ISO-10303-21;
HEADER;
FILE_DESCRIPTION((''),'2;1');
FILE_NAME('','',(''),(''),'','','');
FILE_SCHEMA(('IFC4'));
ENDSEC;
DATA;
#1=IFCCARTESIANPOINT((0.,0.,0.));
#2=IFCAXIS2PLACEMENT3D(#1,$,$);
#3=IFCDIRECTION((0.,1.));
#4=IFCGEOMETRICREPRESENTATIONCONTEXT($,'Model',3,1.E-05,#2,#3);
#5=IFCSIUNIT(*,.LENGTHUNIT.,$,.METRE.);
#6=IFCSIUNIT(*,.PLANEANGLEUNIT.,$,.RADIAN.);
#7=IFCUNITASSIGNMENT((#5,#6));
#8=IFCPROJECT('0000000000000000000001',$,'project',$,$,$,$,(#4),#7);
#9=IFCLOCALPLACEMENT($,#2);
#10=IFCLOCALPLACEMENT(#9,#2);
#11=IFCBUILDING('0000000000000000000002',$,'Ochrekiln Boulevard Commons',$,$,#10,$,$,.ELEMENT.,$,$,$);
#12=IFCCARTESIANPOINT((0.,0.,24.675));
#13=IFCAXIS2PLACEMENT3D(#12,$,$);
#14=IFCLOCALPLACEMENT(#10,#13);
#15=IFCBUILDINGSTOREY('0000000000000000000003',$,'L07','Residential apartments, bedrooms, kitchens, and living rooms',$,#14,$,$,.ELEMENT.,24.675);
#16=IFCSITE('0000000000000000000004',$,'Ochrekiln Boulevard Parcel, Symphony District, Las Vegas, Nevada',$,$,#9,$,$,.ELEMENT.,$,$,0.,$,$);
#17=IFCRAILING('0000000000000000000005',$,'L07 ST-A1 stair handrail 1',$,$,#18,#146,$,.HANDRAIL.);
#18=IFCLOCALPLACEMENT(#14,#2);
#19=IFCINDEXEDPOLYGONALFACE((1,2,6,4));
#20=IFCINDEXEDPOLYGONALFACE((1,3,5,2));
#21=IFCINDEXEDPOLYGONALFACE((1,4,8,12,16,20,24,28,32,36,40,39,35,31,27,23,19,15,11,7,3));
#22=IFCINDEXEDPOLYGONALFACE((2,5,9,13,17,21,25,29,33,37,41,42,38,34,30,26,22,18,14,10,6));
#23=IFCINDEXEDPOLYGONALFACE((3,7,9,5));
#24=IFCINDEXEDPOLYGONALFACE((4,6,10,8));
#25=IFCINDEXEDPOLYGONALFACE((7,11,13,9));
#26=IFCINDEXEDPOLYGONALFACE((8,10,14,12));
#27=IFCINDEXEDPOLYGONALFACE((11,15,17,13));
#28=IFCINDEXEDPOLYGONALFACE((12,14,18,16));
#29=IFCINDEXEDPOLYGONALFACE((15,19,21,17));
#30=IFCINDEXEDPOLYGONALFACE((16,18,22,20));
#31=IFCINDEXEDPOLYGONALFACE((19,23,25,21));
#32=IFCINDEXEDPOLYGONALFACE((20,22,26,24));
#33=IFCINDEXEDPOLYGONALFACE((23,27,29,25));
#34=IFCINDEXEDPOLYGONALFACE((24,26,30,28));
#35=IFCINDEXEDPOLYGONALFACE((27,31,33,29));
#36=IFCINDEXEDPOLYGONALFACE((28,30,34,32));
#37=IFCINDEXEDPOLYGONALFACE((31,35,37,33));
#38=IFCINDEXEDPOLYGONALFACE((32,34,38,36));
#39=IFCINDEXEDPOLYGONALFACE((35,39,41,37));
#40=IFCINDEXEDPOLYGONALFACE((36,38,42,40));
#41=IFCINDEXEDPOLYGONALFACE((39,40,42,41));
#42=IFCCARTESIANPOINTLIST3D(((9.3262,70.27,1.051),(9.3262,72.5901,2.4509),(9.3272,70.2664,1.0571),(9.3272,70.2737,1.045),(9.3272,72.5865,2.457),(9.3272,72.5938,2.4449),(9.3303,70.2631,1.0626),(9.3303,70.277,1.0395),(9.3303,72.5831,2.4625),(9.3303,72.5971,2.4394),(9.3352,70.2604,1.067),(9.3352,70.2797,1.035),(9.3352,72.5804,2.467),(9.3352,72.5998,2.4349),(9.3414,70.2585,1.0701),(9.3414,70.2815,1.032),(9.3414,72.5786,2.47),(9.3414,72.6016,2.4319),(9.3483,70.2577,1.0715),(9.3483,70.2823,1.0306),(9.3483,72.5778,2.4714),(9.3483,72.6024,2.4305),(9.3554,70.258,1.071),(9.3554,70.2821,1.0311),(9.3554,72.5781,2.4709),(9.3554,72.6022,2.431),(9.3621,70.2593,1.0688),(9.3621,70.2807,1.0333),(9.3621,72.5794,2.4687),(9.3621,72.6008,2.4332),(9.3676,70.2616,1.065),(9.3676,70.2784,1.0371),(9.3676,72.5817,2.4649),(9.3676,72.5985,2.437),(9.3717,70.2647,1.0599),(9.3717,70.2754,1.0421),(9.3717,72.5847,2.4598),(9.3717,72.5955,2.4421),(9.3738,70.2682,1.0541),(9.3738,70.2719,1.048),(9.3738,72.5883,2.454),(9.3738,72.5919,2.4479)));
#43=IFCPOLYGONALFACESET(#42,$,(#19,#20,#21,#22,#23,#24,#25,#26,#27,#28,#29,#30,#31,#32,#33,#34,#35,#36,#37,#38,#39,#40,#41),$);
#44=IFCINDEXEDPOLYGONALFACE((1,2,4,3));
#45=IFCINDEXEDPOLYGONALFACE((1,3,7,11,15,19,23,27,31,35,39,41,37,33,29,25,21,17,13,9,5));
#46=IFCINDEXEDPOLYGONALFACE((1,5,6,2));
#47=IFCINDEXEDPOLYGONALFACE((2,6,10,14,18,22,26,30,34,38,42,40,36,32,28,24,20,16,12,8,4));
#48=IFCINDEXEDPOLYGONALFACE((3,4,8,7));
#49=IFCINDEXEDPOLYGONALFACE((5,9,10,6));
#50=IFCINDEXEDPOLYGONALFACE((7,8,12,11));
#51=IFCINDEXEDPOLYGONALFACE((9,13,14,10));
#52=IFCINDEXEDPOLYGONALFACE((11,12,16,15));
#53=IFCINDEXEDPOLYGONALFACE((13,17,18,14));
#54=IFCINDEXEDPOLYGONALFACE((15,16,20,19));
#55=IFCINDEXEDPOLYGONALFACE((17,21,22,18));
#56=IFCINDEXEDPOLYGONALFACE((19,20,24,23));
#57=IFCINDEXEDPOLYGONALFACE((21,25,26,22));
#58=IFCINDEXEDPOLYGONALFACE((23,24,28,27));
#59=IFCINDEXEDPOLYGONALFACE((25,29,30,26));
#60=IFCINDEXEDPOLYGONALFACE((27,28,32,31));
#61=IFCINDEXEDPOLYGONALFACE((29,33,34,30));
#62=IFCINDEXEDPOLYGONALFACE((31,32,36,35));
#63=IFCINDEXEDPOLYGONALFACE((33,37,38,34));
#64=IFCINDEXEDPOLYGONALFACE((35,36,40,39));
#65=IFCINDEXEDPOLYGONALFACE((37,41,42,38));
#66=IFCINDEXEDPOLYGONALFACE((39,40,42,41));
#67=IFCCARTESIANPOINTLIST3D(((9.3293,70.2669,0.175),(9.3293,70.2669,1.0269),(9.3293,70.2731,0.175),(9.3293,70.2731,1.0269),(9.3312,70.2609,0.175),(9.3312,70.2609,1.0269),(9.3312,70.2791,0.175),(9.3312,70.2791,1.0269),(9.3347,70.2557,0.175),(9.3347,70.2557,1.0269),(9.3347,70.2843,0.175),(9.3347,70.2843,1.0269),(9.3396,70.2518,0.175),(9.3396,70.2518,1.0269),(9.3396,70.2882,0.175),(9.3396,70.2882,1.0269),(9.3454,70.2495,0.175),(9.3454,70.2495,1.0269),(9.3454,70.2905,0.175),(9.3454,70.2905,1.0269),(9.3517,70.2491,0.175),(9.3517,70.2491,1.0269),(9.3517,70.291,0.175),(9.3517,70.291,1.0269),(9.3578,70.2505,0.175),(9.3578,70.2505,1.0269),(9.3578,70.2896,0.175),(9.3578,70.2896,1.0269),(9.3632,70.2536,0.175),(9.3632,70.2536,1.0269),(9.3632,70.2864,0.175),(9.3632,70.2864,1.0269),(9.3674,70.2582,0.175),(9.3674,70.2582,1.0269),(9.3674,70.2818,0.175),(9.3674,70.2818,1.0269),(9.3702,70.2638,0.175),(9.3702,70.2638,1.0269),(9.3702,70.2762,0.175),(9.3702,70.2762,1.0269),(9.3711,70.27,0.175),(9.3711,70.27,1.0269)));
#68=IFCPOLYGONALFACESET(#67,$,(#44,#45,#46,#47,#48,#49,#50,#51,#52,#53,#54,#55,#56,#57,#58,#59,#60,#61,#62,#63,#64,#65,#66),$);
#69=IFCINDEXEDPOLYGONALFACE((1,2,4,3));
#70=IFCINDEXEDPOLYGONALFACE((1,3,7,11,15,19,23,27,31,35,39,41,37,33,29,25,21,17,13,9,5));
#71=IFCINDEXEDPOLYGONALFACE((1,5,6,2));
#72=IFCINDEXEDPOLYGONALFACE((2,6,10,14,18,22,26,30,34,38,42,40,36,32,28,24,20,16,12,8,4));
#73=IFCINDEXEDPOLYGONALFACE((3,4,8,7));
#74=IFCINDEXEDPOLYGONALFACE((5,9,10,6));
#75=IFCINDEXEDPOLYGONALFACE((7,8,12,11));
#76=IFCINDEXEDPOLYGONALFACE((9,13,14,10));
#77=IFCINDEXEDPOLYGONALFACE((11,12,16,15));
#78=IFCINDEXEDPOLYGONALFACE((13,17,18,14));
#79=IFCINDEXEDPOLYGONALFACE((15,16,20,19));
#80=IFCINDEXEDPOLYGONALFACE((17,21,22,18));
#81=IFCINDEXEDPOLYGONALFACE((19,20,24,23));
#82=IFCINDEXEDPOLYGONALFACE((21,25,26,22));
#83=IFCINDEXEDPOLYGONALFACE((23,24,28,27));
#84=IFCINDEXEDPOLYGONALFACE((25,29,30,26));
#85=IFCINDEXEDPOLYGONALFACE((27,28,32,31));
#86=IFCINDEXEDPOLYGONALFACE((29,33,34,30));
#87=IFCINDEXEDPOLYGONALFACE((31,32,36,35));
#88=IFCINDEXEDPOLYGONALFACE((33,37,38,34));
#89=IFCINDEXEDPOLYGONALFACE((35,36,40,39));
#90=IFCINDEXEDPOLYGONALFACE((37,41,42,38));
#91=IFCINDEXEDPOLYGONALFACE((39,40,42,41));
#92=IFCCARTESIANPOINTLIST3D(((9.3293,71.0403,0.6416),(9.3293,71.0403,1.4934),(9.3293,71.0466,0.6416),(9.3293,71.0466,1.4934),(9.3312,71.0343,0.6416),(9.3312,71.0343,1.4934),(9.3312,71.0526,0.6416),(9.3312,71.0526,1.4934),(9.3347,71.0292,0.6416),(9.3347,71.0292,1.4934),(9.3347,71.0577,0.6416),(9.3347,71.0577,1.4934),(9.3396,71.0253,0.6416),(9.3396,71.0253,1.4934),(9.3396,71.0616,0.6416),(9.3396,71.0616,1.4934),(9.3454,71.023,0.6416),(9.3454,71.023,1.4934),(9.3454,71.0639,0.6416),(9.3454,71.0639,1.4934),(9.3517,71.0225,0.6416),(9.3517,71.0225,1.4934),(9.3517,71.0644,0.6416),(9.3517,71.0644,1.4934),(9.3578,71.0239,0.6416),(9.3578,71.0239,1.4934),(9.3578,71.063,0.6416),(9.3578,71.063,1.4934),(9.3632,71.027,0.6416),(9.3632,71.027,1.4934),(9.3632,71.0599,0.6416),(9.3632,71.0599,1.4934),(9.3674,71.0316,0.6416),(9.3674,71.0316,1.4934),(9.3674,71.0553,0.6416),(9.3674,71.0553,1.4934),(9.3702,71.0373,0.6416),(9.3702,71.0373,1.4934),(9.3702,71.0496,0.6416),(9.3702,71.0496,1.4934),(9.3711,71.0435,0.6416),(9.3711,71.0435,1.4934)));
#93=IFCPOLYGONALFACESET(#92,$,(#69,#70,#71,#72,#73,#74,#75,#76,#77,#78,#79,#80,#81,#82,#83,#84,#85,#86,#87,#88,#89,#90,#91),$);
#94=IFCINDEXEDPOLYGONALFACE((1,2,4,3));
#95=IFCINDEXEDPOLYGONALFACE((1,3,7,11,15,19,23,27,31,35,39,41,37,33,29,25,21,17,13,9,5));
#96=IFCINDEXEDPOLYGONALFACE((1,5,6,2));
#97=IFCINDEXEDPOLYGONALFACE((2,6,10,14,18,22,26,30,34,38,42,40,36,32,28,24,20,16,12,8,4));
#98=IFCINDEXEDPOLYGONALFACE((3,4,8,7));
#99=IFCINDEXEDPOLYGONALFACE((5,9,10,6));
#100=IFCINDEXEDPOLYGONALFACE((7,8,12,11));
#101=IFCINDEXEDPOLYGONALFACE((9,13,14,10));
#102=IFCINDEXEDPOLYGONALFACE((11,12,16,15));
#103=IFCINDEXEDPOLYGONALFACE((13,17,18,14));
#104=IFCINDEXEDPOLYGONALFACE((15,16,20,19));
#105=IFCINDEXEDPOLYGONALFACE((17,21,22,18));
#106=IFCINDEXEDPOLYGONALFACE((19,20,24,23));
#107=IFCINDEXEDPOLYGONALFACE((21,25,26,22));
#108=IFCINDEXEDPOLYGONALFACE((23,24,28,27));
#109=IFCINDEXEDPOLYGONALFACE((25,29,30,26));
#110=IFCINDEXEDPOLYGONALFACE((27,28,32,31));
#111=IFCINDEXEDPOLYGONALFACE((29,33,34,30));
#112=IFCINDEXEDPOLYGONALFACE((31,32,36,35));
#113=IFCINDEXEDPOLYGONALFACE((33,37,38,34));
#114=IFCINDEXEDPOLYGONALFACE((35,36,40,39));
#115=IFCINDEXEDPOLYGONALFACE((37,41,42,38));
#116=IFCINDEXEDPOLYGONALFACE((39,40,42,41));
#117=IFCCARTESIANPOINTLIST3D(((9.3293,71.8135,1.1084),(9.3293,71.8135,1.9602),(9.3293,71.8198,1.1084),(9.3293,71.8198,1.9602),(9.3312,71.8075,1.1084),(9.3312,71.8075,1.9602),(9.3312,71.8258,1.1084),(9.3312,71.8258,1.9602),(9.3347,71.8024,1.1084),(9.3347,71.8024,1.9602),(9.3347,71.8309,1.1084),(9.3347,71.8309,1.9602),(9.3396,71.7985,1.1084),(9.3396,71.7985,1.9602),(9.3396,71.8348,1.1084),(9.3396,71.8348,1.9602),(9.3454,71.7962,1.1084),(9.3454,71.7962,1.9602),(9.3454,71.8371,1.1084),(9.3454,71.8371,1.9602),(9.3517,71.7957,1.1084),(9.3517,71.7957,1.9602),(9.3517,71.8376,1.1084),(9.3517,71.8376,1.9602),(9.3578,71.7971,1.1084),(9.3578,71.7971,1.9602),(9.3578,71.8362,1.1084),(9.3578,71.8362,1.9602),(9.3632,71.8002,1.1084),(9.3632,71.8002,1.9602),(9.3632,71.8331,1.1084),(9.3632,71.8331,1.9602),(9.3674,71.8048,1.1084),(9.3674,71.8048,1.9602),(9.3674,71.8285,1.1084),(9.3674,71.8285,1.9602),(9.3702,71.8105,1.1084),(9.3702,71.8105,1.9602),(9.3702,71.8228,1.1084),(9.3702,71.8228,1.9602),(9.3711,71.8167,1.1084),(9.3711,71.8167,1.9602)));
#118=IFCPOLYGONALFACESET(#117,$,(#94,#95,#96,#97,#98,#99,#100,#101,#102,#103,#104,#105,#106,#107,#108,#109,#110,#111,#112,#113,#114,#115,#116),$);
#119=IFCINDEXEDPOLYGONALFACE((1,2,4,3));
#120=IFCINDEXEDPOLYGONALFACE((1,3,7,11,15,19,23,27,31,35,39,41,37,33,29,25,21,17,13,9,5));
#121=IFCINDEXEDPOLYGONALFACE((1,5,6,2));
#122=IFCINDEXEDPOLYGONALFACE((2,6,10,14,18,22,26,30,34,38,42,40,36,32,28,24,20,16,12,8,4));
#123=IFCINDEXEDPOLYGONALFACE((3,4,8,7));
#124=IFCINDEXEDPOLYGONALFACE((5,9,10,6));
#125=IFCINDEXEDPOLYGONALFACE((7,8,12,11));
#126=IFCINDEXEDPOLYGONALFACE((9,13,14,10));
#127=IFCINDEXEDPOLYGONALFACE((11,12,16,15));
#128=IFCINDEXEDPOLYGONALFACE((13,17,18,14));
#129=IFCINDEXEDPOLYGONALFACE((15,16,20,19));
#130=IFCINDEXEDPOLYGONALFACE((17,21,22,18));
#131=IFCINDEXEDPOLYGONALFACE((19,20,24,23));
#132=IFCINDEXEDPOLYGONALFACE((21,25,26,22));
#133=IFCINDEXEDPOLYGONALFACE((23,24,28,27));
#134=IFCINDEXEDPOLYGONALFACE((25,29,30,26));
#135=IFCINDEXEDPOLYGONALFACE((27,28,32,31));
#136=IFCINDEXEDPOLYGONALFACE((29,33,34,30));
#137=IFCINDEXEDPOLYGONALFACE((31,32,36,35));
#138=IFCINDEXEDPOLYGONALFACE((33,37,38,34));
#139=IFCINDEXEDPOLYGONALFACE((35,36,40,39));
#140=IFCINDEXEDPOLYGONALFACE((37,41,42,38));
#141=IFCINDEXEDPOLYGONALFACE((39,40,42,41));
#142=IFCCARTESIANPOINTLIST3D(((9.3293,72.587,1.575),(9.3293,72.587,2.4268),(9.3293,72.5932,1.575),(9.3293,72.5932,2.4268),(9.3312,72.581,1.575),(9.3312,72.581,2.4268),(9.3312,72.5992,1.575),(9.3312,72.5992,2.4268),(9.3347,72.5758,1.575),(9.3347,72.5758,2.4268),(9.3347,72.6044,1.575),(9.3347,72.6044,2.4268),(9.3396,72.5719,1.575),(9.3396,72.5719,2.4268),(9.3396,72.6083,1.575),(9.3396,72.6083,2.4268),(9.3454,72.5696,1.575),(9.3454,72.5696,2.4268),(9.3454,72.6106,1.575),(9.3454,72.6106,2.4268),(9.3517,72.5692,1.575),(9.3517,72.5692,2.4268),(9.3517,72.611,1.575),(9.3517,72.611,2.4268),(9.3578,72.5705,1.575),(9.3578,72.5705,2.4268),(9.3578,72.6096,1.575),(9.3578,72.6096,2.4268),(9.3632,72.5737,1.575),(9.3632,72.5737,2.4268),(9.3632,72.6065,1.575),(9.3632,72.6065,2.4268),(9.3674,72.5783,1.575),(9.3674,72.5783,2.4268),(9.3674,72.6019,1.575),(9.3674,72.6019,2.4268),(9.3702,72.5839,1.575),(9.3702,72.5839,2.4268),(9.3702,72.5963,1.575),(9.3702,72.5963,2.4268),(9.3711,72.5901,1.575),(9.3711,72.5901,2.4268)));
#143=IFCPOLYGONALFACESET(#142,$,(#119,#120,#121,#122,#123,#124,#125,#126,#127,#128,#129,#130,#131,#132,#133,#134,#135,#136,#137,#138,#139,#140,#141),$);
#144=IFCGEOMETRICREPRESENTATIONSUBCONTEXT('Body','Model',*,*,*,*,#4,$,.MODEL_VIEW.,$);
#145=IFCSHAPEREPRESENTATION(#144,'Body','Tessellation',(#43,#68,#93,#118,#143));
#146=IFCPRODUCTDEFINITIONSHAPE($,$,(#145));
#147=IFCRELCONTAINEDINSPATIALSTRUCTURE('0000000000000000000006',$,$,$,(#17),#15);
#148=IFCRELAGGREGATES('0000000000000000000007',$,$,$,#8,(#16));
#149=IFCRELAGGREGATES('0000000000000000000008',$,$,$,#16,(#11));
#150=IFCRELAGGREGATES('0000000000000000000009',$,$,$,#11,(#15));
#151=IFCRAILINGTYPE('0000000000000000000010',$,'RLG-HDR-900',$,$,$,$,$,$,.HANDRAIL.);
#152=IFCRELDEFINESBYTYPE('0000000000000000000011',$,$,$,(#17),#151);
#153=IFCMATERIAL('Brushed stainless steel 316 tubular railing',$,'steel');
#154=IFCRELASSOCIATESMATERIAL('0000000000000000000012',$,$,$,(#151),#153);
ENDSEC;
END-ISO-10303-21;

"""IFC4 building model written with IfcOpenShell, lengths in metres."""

from ifc_helpers import new_model, si_unit, direction, frame, origin, origin_2d, place, context, subcontext, project, spatial, circle, extrude, material, type_object, element, save


model = new_model("IFC4")

# Units and contexts
model_context = context("Model", 3, precision=1e-05, world=origin(), true_north=direction((0.0, 1.0)))
body_context = subcontext(model_context, "Body", "Model", "MODEL_VIEW")
ifc_project = project(units=[si_unit("LENGTHUNIT", "METRE"), si_unit("PLANEANGLEUNIT", "RADIAN")], contexts=[model_context])

# Site, building, storey
site_placement = place(None, origin())
site = spatial("IfcSite", under=ifc_project, at=site_placement, Name="Ochrekiln Boulevard Parcel, Symphony District, Las Vegas, Nevada", CompositionType="ELEMENT", RefElevation=0.0)
building_placement = place(site_placement, origin())
building = spatial("IfcBuilding", under=site, at=building_placement, Name="Ochrekiln Boulevard Commons", CompositionType="ELEMENT")
storey_placement = place(building_placement, frame((0.0, 0.0, 24.675)))
storey = spatial("IfcBuildingStorey", under=building, at=storey_placement, Name="L07", Description="Residential apartments, bedrooms, kitchens, and living rooms", CompositionType="ELEMENT", Elevation=24.675)

# Railing
ifc_material_1 = material(Name="Brushed stainless steel 316 tubular railing", Category="steel")
railing_type_1 = type_object("IfcRailingType", Name="RLG-HDR-900", PredefinedType="HANDRAIL", material=ifc_material_1)
railing_1_placement = place(storey_placement, frame((9.3501, 70.27, 0.175)))
element("IfcRailing", 1, at=railing_1_placement, inside=storey, type_object=railing_type_1, Name="L07 ST-A1 stair handrail 1", PredefinedType="HANDRAIL", context=body_context, shape_type="SweptSolid", body=[
    extrude(circle(Radius=0.0239, at=origin_2d()), frame((0.0, 0.0, 0.876), z_axis=(0.0, 0.85621, 0.516627), x_axis=(-1.0, 0.0, 0.0)), (0.0, 0.0, 1.0), 2.7097),
    extrude(circle(Radius=0.021, at=origin_2d()), origin(), (0.0, 0.0, 1.0), 0.8518),
    extrude(circle(Radius=0.021, at=origin_2d()), frame((0.0, 0.7734, 0.4666)), (0.0, 0.0, 1.0), 0.8518),
    extrude(circle(Radius=0.021, at=origin_2d()), frame((0.0, 1.5466, 0.9333)), (0.0, 0.0, 1.0), 0.8518),
    extrude(circle(Radius=0.021, at=origin_2d()), frame((0.0, 2.3201, 1.3999)), (0.0, 0.0, 1.0), 0.8518),
])

save(model, "model.ifc")
